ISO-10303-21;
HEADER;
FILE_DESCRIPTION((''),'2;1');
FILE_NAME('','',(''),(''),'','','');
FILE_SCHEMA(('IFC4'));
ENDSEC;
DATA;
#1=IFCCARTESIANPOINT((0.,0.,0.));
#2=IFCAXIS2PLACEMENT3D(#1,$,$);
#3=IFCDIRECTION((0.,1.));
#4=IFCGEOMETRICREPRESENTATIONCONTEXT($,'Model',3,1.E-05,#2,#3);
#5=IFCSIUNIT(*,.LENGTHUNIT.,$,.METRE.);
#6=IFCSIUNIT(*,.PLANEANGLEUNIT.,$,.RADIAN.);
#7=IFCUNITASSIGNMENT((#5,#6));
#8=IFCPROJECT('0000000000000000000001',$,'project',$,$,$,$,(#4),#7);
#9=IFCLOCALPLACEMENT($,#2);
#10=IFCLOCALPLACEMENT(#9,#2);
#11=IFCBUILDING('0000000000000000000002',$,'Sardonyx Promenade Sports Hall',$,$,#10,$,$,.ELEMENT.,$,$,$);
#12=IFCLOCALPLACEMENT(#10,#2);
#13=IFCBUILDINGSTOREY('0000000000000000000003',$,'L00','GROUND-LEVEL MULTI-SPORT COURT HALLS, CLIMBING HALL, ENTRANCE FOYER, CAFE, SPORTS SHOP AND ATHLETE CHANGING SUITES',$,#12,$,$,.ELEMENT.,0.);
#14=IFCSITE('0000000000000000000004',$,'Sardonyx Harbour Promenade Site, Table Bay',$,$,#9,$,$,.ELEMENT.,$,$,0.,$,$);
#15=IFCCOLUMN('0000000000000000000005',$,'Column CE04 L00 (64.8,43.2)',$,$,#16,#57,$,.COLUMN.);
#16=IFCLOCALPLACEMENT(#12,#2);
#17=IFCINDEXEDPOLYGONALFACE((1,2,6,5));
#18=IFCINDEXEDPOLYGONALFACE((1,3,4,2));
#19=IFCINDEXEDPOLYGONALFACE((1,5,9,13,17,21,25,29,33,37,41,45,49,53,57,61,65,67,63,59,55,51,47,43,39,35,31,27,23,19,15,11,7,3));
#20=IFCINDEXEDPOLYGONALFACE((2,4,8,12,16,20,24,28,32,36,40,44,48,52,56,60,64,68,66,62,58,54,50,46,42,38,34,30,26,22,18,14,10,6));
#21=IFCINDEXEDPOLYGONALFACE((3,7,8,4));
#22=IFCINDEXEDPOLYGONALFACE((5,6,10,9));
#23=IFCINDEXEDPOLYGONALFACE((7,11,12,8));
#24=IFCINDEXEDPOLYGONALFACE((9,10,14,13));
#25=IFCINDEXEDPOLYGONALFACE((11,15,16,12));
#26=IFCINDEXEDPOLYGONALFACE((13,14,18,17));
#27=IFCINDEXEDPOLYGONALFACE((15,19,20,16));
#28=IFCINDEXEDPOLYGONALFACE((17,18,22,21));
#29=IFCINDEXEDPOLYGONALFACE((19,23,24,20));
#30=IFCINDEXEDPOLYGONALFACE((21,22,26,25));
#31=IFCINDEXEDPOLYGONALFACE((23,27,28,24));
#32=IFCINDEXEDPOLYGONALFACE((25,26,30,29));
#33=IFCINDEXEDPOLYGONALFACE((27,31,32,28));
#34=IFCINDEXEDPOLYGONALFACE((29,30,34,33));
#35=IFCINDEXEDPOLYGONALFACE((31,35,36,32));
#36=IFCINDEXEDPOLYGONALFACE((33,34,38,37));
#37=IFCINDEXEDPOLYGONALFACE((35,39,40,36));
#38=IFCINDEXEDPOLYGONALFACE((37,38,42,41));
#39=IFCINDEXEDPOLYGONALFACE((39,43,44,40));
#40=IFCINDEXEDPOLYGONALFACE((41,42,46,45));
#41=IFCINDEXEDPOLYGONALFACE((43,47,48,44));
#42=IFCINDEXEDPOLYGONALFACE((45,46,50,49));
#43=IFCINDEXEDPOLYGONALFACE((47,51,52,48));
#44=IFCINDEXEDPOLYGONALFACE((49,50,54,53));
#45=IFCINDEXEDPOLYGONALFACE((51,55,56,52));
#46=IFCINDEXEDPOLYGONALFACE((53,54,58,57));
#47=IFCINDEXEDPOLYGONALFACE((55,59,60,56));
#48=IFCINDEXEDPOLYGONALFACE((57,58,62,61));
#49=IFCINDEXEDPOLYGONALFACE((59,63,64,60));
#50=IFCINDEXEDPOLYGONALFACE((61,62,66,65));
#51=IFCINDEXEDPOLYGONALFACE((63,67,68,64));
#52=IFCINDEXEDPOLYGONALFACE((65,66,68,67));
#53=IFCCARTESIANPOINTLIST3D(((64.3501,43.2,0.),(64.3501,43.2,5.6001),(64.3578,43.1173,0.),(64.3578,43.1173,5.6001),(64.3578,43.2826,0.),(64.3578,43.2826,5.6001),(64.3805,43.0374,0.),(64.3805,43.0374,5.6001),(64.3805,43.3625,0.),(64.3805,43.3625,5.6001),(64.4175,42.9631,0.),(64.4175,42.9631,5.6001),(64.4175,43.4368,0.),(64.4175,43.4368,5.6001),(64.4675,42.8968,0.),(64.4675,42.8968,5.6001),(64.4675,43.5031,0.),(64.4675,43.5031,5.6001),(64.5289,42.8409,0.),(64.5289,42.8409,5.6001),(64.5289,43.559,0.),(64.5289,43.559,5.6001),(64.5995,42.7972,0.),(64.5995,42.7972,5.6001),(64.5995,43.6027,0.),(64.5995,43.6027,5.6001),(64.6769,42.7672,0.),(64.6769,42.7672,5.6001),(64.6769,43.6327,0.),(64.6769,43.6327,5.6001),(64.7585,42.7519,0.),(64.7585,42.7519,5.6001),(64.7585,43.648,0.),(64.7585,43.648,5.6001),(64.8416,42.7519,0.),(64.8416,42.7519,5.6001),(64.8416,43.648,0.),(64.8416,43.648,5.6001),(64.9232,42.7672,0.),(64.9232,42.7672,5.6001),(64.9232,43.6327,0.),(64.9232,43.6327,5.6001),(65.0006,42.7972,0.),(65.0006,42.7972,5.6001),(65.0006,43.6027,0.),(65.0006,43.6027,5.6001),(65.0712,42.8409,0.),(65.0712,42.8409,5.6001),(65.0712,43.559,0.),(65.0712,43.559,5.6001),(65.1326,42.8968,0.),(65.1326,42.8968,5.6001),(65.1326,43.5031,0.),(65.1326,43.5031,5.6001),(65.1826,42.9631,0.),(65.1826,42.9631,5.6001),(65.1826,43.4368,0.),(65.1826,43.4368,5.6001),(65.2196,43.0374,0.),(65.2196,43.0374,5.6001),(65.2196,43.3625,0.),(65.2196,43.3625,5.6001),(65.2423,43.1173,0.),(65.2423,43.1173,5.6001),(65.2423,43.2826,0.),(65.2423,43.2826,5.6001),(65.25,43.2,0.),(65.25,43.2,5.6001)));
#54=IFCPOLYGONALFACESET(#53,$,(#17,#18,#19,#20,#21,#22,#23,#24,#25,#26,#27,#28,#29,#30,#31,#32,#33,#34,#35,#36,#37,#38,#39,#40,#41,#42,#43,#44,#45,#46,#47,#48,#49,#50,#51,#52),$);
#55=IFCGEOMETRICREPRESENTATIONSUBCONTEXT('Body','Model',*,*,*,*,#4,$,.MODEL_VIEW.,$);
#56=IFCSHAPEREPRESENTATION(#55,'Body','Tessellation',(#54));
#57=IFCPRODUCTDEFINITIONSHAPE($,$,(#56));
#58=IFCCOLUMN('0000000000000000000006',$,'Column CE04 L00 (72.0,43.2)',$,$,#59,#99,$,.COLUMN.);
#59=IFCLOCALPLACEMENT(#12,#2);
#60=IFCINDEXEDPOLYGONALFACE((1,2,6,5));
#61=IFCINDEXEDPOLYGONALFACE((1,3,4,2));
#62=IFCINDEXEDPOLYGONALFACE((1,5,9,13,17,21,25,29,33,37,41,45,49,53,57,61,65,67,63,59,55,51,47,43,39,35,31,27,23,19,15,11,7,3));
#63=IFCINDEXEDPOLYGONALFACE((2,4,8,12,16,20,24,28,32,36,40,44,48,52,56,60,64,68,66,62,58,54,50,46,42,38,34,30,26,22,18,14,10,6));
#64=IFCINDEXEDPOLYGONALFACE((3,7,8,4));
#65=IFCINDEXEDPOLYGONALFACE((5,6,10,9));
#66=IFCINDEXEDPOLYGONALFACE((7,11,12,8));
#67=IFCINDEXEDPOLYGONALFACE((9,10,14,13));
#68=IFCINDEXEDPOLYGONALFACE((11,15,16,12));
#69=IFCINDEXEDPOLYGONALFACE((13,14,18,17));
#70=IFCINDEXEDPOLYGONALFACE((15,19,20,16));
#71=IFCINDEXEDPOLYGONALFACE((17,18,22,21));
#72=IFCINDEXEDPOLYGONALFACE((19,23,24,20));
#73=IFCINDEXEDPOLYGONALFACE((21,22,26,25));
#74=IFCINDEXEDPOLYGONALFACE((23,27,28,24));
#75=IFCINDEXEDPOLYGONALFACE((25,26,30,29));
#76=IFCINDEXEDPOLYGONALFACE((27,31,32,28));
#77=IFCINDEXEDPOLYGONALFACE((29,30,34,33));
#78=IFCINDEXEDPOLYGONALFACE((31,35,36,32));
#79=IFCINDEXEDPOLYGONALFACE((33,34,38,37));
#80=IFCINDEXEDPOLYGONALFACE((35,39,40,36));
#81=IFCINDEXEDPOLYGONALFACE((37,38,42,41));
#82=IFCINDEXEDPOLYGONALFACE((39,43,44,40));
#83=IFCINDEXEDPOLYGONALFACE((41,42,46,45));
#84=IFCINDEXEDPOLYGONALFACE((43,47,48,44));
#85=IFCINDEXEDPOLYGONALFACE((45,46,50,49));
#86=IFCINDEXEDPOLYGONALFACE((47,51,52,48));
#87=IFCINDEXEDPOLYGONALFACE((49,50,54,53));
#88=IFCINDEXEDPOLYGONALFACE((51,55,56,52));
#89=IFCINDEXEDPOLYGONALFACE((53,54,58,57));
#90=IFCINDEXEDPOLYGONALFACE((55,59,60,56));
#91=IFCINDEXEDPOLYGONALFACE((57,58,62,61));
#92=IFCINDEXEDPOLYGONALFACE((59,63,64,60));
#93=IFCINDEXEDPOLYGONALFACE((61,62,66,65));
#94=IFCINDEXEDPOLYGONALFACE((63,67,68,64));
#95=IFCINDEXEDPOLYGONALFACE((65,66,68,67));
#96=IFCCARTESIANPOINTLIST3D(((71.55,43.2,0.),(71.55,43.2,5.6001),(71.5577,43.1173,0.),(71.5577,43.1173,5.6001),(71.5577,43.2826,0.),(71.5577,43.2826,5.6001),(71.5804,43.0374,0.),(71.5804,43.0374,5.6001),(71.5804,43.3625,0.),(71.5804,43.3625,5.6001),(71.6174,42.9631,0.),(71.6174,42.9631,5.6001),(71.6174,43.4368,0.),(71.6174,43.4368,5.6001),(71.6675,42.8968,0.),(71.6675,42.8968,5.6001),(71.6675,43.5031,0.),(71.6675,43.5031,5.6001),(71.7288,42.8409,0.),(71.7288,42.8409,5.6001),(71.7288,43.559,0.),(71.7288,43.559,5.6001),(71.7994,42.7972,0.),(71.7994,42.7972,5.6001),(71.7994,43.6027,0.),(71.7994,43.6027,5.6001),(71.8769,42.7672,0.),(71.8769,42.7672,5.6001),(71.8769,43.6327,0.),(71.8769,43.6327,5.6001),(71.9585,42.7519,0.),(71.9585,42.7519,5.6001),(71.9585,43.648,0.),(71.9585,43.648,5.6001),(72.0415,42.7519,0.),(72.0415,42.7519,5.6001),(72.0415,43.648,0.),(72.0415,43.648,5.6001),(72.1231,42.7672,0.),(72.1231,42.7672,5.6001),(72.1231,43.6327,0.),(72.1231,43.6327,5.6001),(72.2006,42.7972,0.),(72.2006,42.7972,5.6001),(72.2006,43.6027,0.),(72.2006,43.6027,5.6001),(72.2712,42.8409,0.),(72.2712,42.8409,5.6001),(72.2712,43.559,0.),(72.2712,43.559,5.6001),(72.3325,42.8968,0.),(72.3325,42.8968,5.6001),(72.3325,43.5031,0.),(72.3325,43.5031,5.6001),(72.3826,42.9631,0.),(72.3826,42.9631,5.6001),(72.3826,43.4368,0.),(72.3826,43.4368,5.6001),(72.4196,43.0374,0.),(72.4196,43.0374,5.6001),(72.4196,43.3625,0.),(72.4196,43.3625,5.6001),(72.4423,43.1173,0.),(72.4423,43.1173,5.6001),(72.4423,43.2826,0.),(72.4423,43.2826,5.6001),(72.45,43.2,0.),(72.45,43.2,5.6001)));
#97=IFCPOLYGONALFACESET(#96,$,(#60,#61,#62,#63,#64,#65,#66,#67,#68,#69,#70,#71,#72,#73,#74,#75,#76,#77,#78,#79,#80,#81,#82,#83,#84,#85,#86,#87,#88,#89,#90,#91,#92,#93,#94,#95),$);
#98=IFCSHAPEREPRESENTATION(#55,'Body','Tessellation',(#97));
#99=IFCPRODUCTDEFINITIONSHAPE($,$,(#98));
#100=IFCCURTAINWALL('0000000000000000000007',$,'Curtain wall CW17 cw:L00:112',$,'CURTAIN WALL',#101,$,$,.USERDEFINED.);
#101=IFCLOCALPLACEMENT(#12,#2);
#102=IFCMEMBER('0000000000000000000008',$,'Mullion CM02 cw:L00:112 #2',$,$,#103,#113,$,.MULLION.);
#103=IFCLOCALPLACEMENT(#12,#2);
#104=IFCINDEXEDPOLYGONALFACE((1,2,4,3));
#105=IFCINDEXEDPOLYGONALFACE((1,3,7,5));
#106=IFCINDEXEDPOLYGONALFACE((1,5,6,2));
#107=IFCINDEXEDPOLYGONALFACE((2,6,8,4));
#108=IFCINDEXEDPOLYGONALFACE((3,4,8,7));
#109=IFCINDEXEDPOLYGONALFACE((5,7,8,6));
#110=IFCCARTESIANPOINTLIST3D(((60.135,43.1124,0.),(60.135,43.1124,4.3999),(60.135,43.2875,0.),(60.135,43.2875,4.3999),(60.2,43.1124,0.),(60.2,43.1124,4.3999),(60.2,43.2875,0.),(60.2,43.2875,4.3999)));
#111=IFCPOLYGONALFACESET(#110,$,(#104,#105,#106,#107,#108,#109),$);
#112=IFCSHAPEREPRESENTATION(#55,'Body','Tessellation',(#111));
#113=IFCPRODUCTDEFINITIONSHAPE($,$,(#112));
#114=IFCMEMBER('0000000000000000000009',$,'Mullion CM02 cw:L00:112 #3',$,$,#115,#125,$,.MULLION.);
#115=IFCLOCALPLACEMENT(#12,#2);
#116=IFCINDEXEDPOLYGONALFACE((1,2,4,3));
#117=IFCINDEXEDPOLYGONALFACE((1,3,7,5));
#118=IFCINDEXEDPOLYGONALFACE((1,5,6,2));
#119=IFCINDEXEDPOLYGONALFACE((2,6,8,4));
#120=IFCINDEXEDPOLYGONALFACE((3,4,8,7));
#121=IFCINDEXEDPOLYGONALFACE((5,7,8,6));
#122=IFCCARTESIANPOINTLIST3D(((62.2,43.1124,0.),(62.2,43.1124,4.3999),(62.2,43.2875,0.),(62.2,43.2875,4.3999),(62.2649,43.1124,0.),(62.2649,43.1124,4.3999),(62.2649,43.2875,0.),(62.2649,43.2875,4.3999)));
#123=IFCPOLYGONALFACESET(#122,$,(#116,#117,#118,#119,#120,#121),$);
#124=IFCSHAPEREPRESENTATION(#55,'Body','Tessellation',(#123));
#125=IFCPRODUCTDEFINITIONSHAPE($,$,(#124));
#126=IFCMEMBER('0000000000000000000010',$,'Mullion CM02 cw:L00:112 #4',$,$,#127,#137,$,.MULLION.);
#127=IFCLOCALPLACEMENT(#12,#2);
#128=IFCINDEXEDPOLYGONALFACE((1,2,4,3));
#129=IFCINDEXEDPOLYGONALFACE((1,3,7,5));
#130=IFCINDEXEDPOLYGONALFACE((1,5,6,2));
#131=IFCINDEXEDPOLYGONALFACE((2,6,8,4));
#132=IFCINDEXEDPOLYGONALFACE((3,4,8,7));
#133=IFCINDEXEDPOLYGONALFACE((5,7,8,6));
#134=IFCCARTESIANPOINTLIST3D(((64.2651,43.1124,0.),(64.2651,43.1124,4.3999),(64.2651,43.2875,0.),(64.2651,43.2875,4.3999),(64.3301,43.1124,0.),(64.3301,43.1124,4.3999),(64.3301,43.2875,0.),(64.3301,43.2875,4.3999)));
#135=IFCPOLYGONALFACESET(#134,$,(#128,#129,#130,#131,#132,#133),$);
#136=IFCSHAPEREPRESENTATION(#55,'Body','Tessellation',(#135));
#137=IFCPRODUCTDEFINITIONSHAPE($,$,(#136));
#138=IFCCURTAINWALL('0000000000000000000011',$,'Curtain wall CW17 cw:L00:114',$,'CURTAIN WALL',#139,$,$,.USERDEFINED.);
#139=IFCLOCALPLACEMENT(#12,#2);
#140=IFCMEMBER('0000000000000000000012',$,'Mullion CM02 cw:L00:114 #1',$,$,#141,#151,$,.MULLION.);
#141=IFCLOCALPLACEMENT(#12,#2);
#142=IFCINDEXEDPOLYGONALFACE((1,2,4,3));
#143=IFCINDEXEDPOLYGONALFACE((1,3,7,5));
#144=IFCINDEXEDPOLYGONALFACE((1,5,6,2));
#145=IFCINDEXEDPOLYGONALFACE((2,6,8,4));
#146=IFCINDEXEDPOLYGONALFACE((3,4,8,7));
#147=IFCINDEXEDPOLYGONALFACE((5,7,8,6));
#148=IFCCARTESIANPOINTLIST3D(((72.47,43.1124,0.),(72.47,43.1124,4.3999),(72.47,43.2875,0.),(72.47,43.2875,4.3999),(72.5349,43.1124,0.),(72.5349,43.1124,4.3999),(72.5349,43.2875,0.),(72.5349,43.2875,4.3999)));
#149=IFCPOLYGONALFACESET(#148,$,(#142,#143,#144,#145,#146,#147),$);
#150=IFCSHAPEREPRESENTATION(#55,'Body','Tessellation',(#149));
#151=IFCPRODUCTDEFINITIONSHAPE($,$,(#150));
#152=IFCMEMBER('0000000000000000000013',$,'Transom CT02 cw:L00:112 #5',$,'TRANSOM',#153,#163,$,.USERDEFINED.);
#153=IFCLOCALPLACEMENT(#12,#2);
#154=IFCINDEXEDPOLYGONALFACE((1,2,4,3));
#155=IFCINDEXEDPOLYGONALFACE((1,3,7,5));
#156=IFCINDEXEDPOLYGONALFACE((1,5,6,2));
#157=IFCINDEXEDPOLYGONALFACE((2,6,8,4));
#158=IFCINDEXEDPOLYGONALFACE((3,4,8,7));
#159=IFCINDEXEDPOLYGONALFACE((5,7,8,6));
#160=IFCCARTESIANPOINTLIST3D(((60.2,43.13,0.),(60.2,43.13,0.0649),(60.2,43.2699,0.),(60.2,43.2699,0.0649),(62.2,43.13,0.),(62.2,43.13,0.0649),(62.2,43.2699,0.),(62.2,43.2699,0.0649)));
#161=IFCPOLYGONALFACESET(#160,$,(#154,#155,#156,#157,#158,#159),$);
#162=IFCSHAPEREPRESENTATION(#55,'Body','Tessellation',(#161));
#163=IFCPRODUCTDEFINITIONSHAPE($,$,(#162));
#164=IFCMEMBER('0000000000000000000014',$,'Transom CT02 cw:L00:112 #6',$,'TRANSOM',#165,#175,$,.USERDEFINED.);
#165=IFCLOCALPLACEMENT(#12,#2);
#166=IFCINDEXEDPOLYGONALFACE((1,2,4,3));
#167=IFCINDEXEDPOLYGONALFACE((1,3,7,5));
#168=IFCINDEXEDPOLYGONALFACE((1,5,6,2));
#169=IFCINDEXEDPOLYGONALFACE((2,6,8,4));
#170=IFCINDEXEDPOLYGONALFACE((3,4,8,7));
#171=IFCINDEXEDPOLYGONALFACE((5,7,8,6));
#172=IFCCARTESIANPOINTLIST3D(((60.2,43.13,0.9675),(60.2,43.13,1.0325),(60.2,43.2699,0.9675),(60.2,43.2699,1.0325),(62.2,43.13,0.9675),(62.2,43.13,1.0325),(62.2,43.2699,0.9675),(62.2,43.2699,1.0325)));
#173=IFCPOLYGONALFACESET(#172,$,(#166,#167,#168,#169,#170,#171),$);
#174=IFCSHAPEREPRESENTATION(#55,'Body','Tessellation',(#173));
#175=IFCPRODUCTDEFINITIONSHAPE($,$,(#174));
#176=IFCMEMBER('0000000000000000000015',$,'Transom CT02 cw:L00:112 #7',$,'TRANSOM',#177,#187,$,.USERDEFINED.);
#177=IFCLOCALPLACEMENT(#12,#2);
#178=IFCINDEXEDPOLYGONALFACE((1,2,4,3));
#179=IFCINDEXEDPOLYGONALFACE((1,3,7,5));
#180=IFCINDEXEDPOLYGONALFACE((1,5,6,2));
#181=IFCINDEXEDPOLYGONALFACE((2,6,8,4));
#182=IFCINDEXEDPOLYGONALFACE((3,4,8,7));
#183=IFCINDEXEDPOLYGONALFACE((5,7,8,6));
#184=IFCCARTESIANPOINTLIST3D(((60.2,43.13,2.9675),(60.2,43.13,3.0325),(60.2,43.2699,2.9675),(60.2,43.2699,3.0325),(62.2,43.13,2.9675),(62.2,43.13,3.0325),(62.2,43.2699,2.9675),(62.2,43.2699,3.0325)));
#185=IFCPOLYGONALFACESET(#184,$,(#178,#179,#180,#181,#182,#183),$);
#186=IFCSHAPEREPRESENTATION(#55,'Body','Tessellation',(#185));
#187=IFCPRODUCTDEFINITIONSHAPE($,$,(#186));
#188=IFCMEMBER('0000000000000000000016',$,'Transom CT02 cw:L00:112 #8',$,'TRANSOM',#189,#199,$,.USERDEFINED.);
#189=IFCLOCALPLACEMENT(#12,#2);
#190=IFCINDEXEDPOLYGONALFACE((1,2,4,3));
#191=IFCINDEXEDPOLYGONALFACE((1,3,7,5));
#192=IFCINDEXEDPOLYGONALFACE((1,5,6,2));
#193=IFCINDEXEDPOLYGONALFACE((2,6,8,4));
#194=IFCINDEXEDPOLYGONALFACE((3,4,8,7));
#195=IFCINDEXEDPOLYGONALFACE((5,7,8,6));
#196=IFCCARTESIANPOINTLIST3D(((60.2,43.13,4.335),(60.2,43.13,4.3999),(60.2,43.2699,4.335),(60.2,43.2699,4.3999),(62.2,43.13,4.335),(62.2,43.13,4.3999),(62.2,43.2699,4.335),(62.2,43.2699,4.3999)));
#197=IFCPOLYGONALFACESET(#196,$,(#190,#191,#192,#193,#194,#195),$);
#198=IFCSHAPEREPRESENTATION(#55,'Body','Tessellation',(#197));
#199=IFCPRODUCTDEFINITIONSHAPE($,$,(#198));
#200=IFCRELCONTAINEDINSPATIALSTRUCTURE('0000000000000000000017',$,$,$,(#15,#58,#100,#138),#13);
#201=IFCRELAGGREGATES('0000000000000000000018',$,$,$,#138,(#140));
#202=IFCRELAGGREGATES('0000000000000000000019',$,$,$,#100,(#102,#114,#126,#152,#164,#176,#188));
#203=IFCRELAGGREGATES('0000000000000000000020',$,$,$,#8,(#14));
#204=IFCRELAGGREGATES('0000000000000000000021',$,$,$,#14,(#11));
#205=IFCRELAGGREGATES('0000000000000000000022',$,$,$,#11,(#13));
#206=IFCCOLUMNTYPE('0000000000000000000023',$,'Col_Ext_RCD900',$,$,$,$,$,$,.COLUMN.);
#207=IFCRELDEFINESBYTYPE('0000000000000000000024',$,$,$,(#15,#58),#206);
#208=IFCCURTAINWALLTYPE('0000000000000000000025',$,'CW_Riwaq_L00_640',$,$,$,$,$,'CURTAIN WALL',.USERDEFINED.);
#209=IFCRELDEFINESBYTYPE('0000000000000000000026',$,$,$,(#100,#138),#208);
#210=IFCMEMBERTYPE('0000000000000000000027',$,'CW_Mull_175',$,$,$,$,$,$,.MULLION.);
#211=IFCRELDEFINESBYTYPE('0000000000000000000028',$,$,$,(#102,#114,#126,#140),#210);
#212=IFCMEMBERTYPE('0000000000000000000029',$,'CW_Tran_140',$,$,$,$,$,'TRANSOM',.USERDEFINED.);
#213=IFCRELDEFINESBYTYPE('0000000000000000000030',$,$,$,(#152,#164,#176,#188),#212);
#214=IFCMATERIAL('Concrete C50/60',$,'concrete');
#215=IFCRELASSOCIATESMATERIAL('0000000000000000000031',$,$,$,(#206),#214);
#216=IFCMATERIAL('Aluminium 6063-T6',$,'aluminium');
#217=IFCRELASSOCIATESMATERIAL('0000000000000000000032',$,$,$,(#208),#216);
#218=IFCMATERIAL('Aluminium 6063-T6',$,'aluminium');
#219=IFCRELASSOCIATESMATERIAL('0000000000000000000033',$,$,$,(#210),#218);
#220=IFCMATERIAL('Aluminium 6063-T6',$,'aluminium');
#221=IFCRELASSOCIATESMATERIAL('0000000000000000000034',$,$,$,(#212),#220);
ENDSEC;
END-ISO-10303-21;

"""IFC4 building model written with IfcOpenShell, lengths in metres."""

from ifc_helpers import new_model, si_unit, direction, frame, origin, origin_2d, place, context, subcontext, project, spatial, rectangle, circle, extrude, material, material_profile, profile_set, type_object, element, aggregate, save


model = new_model("IFC4")

# Units and contexts
model_context = context("Model", 3, precision=1e-05, world=origin(), true_north=direction((0.0, 1.0)))
body_context = subcontext(model_context, "Body", "Model", "MODEL_VIEW")
ifc_project = project(units=[si_unit("LENGTHUNIT", "METRE"), si_unit("PLANEANGLEUNIT", "RADIAN")], contexts=[model_context])

# Site, building, storey
site_placement = place(None, origin())
site = spatial("IfcSite", under=ifc_project, at=site_placement, Name="Sardonyx Harbour Promenade Site, Table Bay", CompositionType="ELEMENT", RefElevation=0.0)
building_placement = place(site_placement, origin())
building = spatial("IfcBuilding", under=site, at=building_placement, Name="Sardonyx Promenade Sports Hall", CompositionType="ELEMENT")
storey_placement = place(building_placement, origin())
storey = spatial("IfcBuildingStorey", under=building, at=storey_placement, Name="L00", Description="GROUND-LEVEL MULTI-SPORT COURT HALLS, CLIMBING HALL, ENTRANCE FOYER, CAFE, SPORTS SHOP AND ATHLETE CHANGING SUITES", CompositionType="ELEMENT", Elevation=0.0)

# Columns
ifc_material_1 = material(Name="Concrete C50/60", Category="concrete")
ifc_material_profile_1 = material_profile(ifc_material_1, circle(Radius=0.45, at=origin_2d()))
ifc_profile_set_1 = profile_set([ifc_material_profile_1], Name="Concrete C50/60")
column_type = type_object("IfcColumnType", Name="Col_Ext_RCD900", PredefinedType="COLUMN", material=ifc_profile_set_1)
for number, where, z_axis, x_axis, name in (
    (1, (64.8, 43.2, 0.0), (0.0, 0.0, 1.0), (1.0, 0.0, 0.0), "Column CE04 L00 (64.8,43.2)"),
    (2, (72.0, 43.2, 0.0), (0.0, 0.0, 1.0), (1.0, 0.0, 0.0), "Column CE04 L00 (72.0,43.2)"),
):
    element("IfcColumn", number, at=place(storey_placement, frame(where, z_axis=z_axis, x_axis=x_axis)), inside=storey, type_object=column_type, Name=name, PredefinedType="COLUMN", context=body_context, shape_type="SweptSolid", body=[
        extrude(circle(Radius=0.45, at=origin_2d()), origin(), (0.0, 0.0, 1.0), 5.6001),
    ])

# Curtain wall, members
ifc_material_2 = material(Name="Aluminium 6063-T6", Category="aluminium")
curtain_wall_type = type_object("IfcCurtainWallType", Name="CW_Riwaq_L00_640", ElementType="CURTAIN WALL", PredefinedType="USERDEFINED", material=ifc_material_2)
curtain_wall_1_placement = place(storey_placement, origin())
curtain_wall_1 = element("IfcCurtainWall", 3, at=curtain_wall_1_placement, inside=storey, type_object=curtain_wall_type, Name="Curtain wall CW17 cw:L00:112", ObjectType="CURTAIN WALL", PredefinedType="USERDEFINED")
ifc_material_3 = material(Name="Aluminium 6063-T6", Category="aluminium")
ifc_material_profile_2 = material_profile(ifc_material_3, rectangle(XDim=0.0649, YDim=0.175, at=origin_2d()))
ifc_profile_set_2 = profile_set([ifc_material_profile_2], Name="Aluminium 6063-T6")
member_type_1 = type_object("IfcMemberType", Name="CW_Mull_175", PredefinedType="MULLION", material=ifc_profile_set_2)
member_1_placement = place(storey_placement, frame((60.1675, 43.2, 0.0), z_axis=(0.0, 0.0, 1.0), x_axis=(1.0, 0.0, 0.0)))
member_1 = element("IfcMember", 4, at=member_1_placement, type_object=member_type_1, Name="Mullion CM02 cw:L00:112 #2", PredefinedType="MULLION", context=body_context, shape_type="SweptSolid", body=[
    extrude(rectangle(XDim=0.0649, YDim=0.175, at=origin_2d()), origin(), (0.0, 0.0, 1.0), 4.3999),
])
member_2_placement = place(storey_placement, frame((62.2324, 43.2, 0.0), z_axis=(0.0, 0.0, 1.0), x_axis=(1.0, 0.0, 0.0)))
member_2 = element("IfcMember", 5, at=member_2_placement, type_object=member_type_1, Name="Mullion CM02 cw:L00:112 #3", PredefinedType="MULLION", context=body_context, shape_type="SweptSolid", body=[
    extrude(rectangle(XDim=0.0649, YDim=0.175, at=origin_2d()), origin(), (0.0, 0.0, 1.0), 4.3999),
])
member_3_placement = place(storey_placement, frame((64.2976, 43.2, 0.0), z_axis=(0.0, 0.0, 1.0), x_axis=(1.0, 0.0, 0.0)))
member_3 = element("IfcMember", 6, at=member_3_placement, type_object=member_type_1, Name="Mullion CM02 cw:L00:112 #4", PredefinedType="MULLION", context=body_context, shape_type="SweptSolid", body=[
    extrude(rectangle(XDim=0.0649, YDim=0.175, at=origin_2d()), origin(), (0.0, 0.0, 1.0), 4.3999),
])

# Curtain wall, member
curtain_wall_2_placement = place(storey_placement, origin())
curtain_wall_2 = element("IfcCurtainWall", 7, at=curtain_wall_2_placement, inside=storey, type_object=curtain_wall_type, Name="Curtain wall CW17 cw:L00:114", ObjectType="CURTAIN WALL", PredefinedType="USERDEFINED")
member_4_placement = place(storey_placement, frame((72.5024, 43.2, 0.0), z_axis=(0.0, 0.0, 1.0), x_axis=(1.0, 0.0, 0.0)))
member_4 = element("IfcMember", 8, at=member_4_placement, type_object=member_type_1, Name="Mullion CM02 cw:L00:114 #1", PredefinedType="MULLION", context=body_context, shape_type="SweptSolid", body=[
    extrude(rectangle(XDim=0.0649, YDim=0.175, at=origin_2d()), origin(), (0.0, 0.0, 1.0), 4.3999),
])

# Members
ifc_material_4 = material(Name="Aluminium 6063-T6", Category="aluminium")
ifc_material_profile_3 = material_profile(ifc_material_4, rectangle(XDim=0.0649, YDim=0.1399, at=origin_2d()))
ifc_profile_set_3 = profile_set([ifc_material_profile_3], Name="Aluminium 6063-T6")
member_type_2 = type_object("IfcMemberType", Name="CW_Tran_140", ElementType="TRANSOM", PredefinedType="USERDEFINED", material=ifc_profile_set_3)
member_5_placement = place(storey_placement, frame((60.2, 43.2, 0.0325), z_axis=(1.0, 0.0, 0.0), x_axis=(0.0, 0.0, 1.0)))
member_5 = element("IfcMember", 9, at=member_5_placement, type_object=member_type_2, Name="Transom CT02 cw:L00:112 #5", ObjectType="TRANSOM", PredefinedType="USERDEFINED", context=body_context, shape_type="SweptSolid", body=[
    extrude(rectangle(XDim=0.0649, YDim=0.1399, at=origin_2d()), origin(), (0.0, 0.0, 1.0), 2.0),
])
member_6_placement = place(storey_placement, frame((60.2, 43.2, 1.0), z_axis=(1.0, 0.0, 0.0), x_axis=(0.0, 0.0, 1.0)))
member_6 = element("IfcMember", 10, at=member_6_placement, type_object=member_type_2, Name="Transom CT02 cw:L00:112 #6", ObjectType="TRANSOM", PredefinedType="USERDEFINED", context=body_context, shape_type="SweptSolid", body=[
    extrude(rectangle(XDim=0.0649, YDim=0.1399, at=origin_2d()), origin(), (0.0, 0.0, 1.0), 2.0),
])
member_7_placement = place(storey_placement, frame((60.2, 43.2, 3.0), z_axis=(1.0, 0.0, 0.0), x_axis=(0.0, 0.0, 1.0)))
member_7 = element("IfcMember", 11, at=member_7_placement, type_object=member_type_2, Name="Transom CT02 cw:L00:112 #7", ObjectType="TRANSOM", PredefinedType="USERDEFINED", context=body_context, shape_type="SweptSolid", body=[
    extrude(rectangle(XDim=0.0649, YDim=0.1399, at=origin_2d()), origin(), (0.0, 0.0, 1.0), 2.0),
])
member_8_placement = place(storey_placement, frame((60.2, 43.2, 4.3674), z_axis=(1.0, 0.0, 0.0), x_axis=(0.0, 0.0, 1.0)))
member_8 = element("IfcMember", 12, at=member_8_placement, type_object=member_type_2, Name="Transom CT02 cw:L00:112 #8", ObjectType="TRANSOM", PredefinedType="USERDEFINED", context=body_context, shape_type="SweptSolid", body=[
    extrude(rectangle(XDim=0.0649, YDim=0.1399, at=origin_2d()), origin(), (0.0, 0.0, 1.0), 2.0),
])
aggregate(curtain_wall_2, [member_4])

aggregate(curtain_wall_1, [member_1, member_2, member_3, member_5, member_6, member_7, member_8])

save(model, "model.ifc")
